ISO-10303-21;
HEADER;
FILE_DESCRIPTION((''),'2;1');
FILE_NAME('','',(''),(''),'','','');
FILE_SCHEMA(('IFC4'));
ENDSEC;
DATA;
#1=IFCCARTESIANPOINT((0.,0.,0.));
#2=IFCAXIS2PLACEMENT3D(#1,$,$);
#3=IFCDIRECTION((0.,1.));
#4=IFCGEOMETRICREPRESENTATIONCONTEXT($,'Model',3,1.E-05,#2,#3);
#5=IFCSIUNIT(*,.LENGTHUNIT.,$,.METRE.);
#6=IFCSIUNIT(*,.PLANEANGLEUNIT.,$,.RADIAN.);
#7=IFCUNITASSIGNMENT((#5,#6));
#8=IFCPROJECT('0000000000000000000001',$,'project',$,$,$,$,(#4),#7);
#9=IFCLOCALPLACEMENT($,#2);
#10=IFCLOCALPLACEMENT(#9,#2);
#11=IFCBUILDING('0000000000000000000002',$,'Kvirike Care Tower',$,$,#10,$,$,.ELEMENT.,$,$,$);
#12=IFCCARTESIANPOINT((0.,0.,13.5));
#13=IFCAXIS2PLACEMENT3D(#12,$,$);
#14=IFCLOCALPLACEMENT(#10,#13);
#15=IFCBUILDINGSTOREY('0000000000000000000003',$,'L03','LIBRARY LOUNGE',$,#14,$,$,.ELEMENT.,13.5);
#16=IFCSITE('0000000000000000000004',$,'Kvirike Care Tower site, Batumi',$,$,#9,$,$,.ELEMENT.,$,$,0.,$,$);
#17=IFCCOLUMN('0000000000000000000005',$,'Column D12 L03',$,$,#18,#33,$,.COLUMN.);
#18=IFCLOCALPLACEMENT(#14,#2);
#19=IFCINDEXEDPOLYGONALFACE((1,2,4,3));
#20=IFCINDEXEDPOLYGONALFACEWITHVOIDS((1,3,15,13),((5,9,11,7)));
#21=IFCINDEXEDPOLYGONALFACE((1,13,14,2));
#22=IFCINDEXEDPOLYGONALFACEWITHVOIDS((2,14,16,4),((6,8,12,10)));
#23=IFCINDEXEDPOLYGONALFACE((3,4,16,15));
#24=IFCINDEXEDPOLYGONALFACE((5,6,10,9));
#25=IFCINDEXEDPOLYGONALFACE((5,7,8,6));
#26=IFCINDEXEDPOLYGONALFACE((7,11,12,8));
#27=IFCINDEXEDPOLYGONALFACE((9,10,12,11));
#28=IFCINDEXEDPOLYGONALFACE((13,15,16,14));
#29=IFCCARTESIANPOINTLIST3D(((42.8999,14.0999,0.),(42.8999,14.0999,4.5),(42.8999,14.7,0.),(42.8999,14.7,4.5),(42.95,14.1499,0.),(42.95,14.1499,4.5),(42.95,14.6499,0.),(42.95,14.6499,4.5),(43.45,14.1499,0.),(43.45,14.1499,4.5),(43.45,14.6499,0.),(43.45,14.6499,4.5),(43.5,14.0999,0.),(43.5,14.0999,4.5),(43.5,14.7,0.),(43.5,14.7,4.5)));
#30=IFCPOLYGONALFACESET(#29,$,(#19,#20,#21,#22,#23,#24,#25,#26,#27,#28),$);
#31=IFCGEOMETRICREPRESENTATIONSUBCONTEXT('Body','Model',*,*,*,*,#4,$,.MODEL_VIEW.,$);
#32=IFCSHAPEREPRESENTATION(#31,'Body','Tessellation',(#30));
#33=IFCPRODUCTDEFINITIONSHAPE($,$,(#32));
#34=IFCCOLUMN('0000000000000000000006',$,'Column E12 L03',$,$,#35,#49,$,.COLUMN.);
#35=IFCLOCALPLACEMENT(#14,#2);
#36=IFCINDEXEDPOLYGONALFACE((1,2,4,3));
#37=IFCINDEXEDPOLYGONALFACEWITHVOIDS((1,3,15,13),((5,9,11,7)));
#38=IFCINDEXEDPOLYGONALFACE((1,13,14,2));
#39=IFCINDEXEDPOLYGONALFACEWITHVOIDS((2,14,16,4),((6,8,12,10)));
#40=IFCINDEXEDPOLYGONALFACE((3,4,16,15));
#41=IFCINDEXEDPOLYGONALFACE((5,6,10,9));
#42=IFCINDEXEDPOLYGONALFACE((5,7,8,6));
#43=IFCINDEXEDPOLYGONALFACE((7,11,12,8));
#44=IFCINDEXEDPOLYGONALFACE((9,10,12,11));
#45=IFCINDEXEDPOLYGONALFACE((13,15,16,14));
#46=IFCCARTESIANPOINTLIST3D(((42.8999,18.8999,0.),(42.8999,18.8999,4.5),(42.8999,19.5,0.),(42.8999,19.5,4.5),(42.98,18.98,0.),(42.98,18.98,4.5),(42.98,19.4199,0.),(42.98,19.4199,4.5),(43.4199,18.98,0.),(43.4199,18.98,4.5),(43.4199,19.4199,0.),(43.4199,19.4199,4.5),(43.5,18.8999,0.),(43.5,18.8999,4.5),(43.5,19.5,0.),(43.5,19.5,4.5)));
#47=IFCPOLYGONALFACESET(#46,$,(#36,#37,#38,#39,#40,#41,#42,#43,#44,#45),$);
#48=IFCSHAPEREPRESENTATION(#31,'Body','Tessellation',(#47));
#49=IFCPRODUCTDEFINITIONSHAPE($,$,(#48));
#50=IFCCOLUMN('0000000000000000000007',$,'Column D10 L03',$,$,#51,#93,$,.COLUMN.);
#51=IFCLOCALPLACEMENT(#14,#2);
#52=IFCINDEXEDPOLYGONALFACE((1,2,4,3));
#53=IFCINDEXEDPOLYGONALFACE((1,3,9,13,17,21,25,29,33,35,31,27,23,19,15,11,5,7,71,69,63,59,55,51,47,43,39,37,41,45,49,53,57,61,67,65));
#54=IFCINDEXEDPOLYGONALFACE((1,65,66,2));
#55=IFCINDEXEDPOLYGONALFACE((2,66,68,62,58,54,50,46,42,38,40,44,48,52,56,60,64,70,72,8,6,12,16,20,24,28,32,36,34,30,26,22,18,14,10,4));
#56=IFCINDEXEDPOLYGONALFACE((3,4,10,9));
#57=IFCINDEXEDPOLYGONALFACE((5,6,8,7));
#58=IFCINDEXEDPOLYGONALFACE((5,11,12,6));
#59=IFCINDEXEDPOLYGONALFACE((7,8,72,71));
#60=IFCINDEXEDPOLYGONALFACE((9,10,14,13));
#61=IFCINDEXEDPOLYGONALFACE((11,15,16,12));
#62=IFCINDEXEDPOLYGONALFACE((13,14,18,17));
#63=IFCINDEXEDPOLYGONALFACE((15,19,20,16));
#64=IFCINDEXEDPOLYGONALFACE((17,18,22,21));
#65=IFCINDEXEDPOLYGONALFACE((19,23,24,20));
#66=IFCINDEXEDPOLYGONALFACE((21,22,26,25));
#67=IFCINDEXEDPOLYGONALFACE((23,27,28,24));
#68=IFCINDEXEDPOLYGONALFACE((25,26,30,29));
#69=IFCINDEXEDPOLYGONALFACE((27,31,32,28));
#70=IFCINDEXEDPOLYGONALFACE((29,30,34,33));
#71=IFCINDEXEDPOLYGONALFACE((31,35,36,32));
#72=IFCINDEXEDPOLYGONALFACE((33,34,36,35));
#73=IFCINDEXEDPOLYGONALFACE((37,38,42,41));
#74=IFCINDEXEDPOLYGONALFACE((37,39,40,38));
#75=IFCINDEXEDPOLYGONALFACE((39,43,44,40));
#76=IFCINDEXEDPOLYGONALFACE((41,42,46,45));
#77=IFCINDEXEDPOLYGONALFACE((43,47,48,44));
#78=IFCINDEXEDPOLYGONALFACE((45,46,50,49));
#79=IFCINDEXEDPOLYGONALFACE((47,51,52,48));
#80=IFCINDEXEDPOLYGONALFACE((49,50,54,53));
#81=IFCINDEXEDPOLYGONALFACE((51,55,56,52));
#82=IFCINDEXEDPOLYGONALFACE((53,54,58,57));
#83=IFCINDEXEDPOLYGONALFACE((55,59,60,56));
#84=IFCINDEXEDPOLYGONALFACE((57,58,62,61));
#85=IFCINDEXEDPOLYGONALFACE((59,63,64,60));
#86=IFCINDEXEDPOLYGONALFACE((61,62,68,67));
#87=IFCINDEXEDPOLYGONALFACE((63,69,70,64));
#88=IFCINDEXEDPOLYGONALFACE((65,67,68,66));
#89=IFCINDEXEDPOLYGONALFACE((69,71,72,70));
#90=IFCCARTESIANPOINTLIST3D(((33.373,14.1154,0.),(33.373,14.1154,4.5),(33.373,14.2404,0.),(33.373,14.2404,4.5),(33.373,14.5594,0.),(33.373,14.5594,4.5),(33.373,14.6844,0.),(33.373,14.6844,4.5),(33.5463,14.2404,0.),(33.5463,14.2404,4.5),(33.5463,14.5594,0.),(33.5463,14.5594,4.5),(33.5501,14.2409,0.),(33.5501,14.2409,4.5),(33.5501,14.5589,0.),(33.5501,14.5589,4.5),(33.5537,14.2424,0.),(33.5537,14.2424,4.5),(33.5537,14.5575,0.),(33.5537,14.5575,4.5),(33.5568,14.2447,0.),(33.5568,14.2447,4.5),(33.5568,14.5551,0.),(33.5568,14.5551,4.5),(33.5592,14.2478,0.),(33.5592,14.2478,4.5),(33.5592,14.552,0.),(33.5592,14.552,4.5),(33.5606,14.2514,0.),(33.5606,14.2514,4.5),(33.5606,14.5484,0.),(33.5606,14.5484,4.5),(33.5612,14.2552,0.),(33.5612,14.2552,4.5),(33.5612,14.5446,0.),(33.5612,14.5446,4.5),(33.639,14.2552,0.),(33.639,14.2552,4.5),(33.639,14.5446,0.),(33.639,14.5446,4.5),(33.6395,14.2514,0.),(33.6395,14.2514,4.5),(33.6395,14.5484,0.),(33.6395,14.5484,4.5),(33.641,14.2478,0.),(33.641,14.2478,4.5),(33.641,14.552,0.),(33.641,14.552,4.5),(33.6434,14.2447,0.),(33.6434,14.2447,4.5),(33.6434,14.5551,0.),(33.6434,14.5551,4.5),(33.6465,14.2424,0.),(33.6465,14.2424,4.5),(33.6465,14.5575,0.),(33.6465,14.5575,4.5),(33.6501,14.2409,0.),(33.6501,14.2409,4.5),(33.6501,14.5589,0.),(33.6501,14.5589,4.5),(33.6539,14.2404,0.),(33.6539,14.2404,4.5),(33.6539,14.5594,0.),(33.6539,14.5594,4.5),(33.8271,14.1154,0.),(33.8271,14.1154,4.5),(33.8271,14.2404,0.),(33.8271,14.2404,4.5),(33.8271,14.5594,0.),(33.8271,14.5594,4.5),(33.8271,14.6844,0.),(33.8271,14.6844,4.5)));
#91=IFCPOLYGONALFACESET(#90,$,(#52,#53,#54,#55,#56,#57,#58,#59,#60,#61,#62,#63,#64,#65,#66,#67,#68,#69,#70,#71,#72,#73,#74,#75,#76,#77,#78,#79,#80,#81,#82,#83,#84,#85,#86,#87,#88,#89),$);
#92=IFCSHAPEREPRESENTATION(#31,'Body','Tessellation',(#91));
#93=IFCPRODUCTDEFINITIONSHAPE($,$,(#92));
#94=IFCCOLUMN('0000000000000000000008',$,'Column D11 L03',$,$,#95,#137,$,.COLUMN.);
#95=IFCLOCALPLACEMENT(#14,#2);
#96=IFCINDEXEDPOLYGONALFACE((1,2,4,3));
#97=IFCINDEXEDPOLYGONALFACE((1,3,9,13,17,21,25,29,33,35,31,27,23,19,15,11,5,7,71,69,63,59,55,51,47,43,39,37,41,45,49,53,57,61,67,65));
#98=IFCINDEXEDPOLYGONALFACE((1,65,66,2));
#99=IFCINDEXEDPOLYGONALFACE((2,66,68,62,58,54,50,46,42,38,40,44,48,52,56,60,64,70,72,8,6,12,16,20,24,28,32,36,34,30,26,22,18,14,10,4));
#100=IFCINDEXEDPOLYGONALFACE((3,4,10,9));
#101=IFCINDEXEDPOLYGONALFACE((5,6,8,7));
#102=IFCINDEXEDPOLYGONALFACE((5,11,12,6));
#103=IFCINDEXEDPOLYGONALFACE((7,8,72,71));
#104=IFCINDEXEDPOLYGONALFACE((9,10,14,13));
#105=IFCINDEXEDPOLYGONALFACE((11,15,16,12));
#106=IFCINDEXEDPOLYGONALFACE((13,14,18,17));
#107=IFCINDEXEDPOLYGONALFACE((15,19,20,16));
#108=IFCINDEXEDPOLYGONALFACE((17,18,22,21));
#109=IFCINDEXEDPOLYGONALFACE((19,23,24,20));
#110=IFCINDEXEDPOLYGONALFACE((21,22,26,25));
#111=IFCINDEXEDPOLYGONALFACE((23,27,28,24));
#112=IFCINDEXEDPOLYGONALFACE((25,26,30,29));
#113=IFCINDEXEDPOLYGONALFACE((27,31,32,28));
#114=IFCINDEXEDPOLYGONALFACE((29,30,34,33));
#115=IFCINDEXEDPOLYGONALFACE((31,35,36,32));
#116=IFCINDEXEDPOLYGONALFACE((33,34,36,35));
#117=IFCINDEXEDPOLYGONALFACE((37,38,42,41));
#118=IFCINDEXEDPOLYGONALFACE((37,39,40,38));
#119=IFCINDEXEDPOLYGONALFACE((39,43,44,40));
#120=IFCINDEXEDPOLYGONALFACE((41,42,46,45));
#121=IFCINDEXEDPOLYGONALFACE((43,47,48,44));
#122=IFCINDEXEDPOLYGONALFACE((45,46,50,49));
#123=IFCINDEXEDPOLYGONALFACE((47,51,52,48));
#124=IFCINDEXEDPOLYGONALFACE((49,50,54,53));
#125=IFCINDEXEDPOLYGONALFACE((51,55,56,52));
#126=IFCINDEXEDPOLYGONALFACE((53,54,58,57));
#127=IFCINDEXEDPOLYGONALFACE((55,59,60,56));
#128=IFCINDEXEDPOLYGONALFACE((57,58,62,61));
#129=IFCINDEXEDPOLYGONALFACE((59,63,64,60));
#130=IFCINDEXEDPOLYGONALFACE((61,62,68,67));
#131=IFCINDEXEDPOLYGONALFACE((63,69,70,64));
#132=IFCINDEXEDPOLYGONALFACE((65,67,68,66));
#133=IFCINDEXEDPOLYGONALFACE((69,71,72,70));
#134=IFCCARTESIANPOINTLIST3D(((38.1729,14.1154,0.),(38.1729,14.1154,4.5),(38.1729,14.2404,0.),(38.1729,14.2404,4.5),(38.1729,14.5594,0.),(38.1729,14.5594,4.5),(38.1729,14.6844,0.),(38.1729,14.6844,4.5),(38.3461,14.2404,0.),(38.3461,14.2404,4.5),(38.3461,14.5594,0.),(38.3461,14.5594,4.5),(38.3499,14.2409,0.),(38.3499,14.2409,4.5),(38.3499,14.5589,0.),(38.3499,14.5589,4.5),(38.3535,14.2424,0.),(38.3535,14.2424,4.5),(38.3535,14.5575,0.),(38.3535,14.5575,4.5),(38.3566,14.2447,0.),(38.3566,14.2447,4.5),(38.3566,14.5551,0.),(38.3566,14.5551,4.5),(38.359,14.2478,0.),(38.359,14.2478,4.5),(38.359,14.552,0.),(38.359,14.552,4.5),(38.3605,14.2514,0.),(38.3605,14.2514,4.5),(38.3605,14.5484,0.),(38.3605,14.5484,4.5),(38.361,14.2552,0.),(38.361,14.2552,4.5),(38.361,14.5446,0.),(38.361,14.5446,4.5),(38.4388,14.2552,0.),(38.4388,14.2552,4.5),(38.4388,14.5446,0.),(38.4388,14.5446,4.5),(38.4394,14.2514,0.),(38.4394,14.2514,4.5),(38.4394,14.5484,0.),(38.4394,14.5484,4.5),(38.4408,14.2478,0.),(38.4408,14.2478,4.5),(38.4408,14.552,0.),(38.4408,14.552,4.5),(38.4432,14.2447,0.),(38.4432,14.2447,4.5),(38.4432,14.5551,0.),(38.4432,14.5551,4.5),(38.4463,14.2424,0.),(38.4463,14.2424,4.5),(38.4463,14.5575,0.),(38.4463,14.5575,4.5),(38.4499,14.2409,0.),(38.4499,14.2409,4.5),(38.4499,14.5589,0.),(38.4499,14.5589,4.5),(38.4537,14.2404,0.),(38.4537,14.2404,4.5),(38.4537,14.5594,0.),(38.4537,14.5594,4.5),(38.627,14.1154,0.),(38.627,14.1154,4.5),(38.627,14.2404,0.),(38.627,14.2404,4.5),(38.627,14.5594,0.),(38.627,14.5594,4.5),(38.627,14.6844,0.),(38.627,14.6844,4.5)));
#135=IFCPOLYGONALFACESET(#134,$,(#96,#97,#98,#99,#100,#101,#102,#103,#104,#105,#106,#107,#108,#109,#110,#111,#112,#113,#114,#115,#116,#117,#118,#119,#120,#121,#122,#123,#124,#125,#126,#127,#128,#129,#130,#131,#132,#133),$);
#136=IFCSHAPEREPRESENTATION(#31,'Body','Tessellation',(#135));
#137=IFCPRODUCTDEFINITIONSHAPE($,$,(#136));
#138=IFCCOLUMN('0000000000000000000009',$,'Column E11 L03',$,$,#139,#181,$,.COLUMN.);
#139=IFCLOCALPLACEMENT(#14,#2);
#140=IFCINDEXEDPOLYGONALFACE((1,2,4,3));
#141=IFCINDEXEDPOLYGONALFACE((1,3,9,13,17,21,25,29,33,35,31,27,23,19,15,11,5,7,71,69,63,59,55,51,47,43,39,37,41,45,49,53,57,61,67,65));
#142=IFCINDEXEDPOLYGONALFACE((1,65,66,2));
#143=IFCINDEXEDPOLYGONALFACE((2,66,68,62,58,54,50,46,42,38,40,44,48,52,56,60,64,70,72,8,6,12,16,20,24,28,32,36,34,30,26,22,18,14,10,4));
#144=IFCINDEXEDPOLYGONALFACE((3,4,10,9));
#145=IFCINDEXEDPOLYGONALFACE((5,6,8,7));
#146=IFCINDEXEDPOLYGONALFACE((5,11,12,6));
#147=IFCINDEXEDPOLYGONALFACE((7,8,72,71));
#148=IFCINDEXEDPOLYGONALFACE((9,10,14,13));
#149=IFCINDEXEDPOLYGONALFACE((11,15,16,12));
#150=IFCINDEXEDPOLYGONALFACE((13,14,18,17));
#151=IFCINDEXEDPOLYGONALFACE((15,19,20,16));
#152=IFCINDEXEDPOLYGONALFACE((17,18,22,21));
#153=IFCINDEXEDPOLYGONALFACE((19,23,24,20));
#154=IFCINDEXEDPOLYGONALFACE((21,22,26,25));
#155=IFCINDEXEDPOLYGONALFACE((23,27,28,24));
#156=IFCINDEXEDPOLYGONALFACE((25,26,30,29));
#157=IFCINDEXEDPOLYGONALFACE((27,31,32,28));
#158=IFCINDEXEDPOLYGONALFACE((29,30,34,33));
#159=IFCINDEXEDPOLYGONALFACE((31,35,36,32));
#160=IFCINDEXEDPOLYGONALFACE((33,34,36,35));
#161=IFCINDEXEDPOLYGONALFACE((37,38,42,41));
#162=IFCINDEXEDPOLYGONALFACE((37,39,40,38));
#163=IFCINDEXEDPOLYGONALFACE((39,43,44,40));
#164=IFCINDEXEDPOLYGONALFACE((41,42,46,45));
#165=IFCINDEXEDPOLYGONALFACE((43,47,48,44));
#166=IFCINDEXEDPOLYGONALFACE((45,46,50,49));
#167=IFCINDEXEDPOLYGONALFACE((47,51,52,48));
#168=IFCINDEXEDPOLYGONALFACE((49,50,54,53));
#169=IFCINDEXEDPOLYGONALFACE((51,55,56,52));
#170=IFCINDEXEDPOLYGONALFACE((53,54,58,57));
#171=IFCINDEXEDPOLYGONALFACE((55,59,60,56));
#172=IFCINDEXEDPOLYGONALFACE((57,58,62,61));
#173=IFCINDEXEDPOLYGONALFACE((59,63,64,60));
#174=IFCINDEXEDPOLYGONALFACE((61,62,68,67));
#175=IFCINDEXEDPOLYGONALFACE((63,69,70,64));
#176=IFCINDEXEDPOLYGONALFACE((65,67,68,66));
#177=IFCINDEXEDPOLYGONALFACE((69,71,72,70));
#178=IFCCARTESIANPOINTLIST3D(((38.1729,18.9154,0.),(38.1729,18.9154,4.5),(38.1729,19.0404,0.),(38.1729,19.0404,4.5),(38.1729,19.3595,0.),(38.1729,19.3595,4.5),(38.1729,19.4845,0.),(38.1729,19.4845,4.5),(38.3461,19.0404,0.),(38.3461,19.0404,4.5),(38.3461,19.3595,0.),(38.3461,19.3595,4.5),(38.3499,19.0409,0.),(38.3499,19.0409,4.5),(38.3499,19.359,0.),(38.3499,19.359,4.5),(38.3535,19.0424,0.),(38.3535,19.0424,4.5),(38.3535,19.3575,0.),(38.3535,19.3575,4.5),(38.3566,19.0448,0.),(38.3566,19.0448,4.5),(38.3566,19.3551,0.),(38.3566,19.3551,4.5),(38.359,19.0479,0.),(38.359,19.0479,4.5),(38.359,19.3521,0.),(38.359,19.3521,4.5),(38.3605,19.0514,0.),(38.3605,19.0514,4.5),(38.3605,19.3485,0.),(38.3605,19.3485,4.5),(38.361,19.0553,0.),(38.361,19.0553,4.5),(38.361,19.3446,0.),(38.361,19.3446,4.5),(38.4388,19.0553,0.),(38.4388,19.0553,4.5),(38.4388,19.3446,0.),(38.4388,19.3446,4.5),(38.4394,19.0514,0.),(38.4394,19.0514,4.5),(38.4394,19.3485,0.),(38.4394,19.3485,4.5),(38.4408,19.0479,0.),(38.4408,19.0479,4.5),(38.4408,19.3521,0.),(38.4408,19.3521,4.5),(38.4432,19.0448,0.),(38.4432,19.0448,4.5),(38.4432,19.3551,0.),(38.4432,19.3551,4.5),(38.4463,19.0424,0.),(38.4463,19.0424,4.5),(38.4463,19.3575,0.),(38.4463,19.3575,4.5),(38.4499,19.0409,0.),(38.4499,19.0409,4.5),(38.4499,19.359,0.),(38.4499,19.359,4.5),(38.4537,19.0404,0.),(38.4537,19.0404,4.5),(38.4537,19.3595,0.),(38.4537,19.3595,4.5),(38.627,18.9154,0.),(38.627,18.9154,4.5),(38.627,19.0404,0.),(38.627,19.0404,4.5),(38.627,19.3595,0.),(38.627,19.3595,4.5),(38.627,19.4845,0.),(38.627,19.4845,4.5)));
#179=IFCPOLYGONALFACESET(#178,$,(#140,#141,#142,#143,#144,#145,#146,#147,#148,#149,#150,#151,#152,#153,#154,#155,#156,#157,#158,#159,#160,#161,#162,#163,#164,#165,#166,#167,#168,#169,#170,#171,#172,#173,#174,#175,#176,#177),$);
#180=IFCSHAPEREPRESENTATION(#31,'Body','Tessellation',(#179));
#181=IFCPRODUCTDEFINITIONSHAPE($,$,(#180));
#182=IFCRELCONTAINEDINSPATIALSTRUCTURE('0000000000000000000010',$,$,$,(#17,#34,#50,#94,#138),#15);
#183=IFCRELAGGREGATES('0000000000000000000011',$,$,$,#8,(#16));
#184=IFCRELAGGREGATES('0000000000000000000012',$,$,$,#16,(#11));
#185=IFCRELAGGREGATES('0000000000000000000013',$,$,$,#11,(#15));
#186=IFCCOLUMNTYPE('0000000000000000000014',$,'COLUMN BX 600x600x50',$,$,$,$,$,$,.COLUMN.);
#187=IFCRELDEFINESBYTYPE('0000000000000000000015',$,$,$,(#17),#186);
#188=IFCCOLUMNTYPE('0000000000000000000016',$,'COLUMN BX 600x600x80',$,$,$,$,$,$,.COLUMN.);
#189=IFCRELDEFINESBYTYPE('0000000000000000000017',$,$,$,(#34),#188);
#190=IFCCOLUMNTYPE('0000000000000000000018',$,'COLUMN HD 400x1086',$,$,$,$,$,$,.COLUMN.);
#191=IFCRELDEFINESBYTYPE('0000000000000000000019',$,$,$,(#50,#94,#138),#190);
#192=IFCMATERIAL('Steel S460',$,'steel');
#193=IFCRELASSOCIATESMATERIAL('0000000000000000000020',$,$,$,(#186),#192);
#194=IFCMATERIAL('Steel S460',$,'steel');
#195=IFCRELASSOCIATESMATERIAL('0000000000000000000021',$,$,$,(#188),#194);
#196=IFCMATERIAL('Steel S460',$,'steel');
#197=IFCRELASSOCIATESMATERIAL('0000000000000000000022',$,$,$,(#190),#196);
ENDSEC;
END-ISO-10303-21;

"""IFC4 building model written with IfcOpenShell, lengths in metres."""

from ifc_helpers import new_model, si_unit, direction, frame, origin, origin_2d, place, context, subcontext, project, spatial, hollow_rectangle, i_section, extrude, material, material_profile, profile_set, type_object, element, save


model = new_model("IFC4")

# Units and contexts
model_context = context("Model", 3, precision=1e-05, world=origin(), true_north=direction((0.0, 1.0)))
body_context = subcontext(model_context, "Body", "Model", "MODEL_VIEW")
ifc_project = project(units=[si_unit("LENGTHUNIT", "METRE"), si_unit("PLANEANGLEUNIT", "RADIAN")], contexts=[model_context])

# Site, building, storey
site_placement = place(None, origin())
site = spatial("IfcSite", under=ifc_project, at=site_placement, Name="Kvirike Care Tower site, Batumi", CompositionType="ELEMENT", RefElevation=0.0)
building_placement = place(site_placement, origin())
building = spatial("IfcBuilding", under=site, at=building_placement, Name="Kvirike Care Tower", CompositionType="ELEMENT")
storey_placement = place(building_placement, frame((0.0, 0.0, 13.5)))
storey = spatial("IfcBuildingStorey", under=building, at=storey_placement, Name="L03", Description="LIBRARY LOUNGE", CompositionType="ELEMENT", Elevation=13.5)

# Columns
ifc_material_1 = material(Name="Steel S460", Category="steel")
ifc_material_profile_1 = material_profile(ifc_material_1, hollow_rectangle(XDim=0.6001, YDim=0.6001, WallThickness=0.05, at=origin_2d()), Name="BX 600x600x50")
ifc_profile_set_1 = profile_set([ifc_material_profile_1], Name="Steel S460")
column_type_1 = type_object("IfcColumnType", Name="COLUMN BX 600x600x50", PredefinedType="COLUMN", material=ifc_profile_set_1)
column_1_placement = place(storey_placement, frame((43.2, 14.3999, 0.0), z_axis=(0.0, 0.0, 1.0), x_axis=(0.0, 1.0, 0.0)))
element("IfcColumn", 1, at=column_1_placement, inside=storey, type_object=column_type_1, Name="Column D12 L03", PredefinedType="COLUMN", context=body_context, shape_type="SweptSolid", body=[
    extrude(hollow_rectangle(XDim=0.6001, YDim=0.6001, WallThickness=0.05, at=origin_2d()), origin(), (0.0, 0.0, 1.0), 4.5),
])
ifc_material_2 = material(Name="Steel S460", Category="steel")
ifc_material_profile_2 = material_profile(ifc_material_2, hollow_rectangle(XDim=0.6001, YDim=0.6001, WallThickness=0.0801, at=origin_2d()), Name="BX 600x600x80")
ifc_profile_set_2 = profile_set([ifc_material_profile_2], Name="Steel S460")
column_type_2 = type_object("IfcColumnType", Name="COLUMN BX 600x600x80", PredefinedType="COLUMN", material=ifc_profile_set_2)
column_2_placement = place(storey_placement, frame((43.2, 19.2, 0.0), z_axis=(0.0, 0.0, 1.0), x_axis=(1.0, 0.0, 0.0)))
element("IfcColumn", 2, at=column_2_placement, inside=storey, type_object=column_type_2, Name="Column E12 L03", PredefinedType="COLUMN", context=body_context, shape_type="SweptSolid", body=[
    extrude(hollow_rectangle(XDim=0.6001, YDim=0.6001, WallThickness=0.0801, at=origin_2d()), origin(), (0.0, 0.0, 1.0), 4.5),
])
ifc_material_3 = material(Name="Steel S460", Category="steel")
ifc_material_profile_3 = material_profile(ifc_material_3, i_section(OverallWidth=0.4541, OverallDepth=0.5691, WebThickness=0.0779, FlangeThickness=0.125, FilletRadius=0.0149, at=origin_2d()), Name="HD 400x1086")
ifc_profile_set_3 = profile_set([ifc_material_profile_3], Name="Steel S460")
column_type_3 = type_object("IfcColumnType", Name="COLUMN HD 400x1086", PredefinedType="COLUMN", material=ifc_profile_set_3)
for number, where, z_axis, x_axis, name in (
    (3, (33.6001, 14.3999, 0.0), (0.0, 0.0, 1.0), (1.0, 0.0, 0.0), "Column D10 L03"),
    (4, (38.3999, 14.3999, 0.0), (0.0, 0.0, 1.0), (1.0, 0.0, 0.0), "Column D11 L03"),
    (5, (38.3999, 19.2, 0.0), (0.0, 0.0, 1.0), (1.0, 0.0, 0.0), "Column E11 L03"),
):
    element("IfcColumn", number, at=place(storey_placement, frame(where, z_axis=z_axis, x_axis=x_axis)), inside=storey, type_object=column_type_3, Name=name, PredefinedType="COLUMN", context=body_context, shape_type="SweptSolid", body=[
        extrude(i_section(OverallWidth=0.4541, OverallDepth=0.5691, WebThickness=0.0779, FlangeThickness=0.125, FilletRadius=0.0149, at=origin_2d()), origin(), (0.0, 0.0, 1.0), 4.5),
    ])

save(model, "model.ifc")
